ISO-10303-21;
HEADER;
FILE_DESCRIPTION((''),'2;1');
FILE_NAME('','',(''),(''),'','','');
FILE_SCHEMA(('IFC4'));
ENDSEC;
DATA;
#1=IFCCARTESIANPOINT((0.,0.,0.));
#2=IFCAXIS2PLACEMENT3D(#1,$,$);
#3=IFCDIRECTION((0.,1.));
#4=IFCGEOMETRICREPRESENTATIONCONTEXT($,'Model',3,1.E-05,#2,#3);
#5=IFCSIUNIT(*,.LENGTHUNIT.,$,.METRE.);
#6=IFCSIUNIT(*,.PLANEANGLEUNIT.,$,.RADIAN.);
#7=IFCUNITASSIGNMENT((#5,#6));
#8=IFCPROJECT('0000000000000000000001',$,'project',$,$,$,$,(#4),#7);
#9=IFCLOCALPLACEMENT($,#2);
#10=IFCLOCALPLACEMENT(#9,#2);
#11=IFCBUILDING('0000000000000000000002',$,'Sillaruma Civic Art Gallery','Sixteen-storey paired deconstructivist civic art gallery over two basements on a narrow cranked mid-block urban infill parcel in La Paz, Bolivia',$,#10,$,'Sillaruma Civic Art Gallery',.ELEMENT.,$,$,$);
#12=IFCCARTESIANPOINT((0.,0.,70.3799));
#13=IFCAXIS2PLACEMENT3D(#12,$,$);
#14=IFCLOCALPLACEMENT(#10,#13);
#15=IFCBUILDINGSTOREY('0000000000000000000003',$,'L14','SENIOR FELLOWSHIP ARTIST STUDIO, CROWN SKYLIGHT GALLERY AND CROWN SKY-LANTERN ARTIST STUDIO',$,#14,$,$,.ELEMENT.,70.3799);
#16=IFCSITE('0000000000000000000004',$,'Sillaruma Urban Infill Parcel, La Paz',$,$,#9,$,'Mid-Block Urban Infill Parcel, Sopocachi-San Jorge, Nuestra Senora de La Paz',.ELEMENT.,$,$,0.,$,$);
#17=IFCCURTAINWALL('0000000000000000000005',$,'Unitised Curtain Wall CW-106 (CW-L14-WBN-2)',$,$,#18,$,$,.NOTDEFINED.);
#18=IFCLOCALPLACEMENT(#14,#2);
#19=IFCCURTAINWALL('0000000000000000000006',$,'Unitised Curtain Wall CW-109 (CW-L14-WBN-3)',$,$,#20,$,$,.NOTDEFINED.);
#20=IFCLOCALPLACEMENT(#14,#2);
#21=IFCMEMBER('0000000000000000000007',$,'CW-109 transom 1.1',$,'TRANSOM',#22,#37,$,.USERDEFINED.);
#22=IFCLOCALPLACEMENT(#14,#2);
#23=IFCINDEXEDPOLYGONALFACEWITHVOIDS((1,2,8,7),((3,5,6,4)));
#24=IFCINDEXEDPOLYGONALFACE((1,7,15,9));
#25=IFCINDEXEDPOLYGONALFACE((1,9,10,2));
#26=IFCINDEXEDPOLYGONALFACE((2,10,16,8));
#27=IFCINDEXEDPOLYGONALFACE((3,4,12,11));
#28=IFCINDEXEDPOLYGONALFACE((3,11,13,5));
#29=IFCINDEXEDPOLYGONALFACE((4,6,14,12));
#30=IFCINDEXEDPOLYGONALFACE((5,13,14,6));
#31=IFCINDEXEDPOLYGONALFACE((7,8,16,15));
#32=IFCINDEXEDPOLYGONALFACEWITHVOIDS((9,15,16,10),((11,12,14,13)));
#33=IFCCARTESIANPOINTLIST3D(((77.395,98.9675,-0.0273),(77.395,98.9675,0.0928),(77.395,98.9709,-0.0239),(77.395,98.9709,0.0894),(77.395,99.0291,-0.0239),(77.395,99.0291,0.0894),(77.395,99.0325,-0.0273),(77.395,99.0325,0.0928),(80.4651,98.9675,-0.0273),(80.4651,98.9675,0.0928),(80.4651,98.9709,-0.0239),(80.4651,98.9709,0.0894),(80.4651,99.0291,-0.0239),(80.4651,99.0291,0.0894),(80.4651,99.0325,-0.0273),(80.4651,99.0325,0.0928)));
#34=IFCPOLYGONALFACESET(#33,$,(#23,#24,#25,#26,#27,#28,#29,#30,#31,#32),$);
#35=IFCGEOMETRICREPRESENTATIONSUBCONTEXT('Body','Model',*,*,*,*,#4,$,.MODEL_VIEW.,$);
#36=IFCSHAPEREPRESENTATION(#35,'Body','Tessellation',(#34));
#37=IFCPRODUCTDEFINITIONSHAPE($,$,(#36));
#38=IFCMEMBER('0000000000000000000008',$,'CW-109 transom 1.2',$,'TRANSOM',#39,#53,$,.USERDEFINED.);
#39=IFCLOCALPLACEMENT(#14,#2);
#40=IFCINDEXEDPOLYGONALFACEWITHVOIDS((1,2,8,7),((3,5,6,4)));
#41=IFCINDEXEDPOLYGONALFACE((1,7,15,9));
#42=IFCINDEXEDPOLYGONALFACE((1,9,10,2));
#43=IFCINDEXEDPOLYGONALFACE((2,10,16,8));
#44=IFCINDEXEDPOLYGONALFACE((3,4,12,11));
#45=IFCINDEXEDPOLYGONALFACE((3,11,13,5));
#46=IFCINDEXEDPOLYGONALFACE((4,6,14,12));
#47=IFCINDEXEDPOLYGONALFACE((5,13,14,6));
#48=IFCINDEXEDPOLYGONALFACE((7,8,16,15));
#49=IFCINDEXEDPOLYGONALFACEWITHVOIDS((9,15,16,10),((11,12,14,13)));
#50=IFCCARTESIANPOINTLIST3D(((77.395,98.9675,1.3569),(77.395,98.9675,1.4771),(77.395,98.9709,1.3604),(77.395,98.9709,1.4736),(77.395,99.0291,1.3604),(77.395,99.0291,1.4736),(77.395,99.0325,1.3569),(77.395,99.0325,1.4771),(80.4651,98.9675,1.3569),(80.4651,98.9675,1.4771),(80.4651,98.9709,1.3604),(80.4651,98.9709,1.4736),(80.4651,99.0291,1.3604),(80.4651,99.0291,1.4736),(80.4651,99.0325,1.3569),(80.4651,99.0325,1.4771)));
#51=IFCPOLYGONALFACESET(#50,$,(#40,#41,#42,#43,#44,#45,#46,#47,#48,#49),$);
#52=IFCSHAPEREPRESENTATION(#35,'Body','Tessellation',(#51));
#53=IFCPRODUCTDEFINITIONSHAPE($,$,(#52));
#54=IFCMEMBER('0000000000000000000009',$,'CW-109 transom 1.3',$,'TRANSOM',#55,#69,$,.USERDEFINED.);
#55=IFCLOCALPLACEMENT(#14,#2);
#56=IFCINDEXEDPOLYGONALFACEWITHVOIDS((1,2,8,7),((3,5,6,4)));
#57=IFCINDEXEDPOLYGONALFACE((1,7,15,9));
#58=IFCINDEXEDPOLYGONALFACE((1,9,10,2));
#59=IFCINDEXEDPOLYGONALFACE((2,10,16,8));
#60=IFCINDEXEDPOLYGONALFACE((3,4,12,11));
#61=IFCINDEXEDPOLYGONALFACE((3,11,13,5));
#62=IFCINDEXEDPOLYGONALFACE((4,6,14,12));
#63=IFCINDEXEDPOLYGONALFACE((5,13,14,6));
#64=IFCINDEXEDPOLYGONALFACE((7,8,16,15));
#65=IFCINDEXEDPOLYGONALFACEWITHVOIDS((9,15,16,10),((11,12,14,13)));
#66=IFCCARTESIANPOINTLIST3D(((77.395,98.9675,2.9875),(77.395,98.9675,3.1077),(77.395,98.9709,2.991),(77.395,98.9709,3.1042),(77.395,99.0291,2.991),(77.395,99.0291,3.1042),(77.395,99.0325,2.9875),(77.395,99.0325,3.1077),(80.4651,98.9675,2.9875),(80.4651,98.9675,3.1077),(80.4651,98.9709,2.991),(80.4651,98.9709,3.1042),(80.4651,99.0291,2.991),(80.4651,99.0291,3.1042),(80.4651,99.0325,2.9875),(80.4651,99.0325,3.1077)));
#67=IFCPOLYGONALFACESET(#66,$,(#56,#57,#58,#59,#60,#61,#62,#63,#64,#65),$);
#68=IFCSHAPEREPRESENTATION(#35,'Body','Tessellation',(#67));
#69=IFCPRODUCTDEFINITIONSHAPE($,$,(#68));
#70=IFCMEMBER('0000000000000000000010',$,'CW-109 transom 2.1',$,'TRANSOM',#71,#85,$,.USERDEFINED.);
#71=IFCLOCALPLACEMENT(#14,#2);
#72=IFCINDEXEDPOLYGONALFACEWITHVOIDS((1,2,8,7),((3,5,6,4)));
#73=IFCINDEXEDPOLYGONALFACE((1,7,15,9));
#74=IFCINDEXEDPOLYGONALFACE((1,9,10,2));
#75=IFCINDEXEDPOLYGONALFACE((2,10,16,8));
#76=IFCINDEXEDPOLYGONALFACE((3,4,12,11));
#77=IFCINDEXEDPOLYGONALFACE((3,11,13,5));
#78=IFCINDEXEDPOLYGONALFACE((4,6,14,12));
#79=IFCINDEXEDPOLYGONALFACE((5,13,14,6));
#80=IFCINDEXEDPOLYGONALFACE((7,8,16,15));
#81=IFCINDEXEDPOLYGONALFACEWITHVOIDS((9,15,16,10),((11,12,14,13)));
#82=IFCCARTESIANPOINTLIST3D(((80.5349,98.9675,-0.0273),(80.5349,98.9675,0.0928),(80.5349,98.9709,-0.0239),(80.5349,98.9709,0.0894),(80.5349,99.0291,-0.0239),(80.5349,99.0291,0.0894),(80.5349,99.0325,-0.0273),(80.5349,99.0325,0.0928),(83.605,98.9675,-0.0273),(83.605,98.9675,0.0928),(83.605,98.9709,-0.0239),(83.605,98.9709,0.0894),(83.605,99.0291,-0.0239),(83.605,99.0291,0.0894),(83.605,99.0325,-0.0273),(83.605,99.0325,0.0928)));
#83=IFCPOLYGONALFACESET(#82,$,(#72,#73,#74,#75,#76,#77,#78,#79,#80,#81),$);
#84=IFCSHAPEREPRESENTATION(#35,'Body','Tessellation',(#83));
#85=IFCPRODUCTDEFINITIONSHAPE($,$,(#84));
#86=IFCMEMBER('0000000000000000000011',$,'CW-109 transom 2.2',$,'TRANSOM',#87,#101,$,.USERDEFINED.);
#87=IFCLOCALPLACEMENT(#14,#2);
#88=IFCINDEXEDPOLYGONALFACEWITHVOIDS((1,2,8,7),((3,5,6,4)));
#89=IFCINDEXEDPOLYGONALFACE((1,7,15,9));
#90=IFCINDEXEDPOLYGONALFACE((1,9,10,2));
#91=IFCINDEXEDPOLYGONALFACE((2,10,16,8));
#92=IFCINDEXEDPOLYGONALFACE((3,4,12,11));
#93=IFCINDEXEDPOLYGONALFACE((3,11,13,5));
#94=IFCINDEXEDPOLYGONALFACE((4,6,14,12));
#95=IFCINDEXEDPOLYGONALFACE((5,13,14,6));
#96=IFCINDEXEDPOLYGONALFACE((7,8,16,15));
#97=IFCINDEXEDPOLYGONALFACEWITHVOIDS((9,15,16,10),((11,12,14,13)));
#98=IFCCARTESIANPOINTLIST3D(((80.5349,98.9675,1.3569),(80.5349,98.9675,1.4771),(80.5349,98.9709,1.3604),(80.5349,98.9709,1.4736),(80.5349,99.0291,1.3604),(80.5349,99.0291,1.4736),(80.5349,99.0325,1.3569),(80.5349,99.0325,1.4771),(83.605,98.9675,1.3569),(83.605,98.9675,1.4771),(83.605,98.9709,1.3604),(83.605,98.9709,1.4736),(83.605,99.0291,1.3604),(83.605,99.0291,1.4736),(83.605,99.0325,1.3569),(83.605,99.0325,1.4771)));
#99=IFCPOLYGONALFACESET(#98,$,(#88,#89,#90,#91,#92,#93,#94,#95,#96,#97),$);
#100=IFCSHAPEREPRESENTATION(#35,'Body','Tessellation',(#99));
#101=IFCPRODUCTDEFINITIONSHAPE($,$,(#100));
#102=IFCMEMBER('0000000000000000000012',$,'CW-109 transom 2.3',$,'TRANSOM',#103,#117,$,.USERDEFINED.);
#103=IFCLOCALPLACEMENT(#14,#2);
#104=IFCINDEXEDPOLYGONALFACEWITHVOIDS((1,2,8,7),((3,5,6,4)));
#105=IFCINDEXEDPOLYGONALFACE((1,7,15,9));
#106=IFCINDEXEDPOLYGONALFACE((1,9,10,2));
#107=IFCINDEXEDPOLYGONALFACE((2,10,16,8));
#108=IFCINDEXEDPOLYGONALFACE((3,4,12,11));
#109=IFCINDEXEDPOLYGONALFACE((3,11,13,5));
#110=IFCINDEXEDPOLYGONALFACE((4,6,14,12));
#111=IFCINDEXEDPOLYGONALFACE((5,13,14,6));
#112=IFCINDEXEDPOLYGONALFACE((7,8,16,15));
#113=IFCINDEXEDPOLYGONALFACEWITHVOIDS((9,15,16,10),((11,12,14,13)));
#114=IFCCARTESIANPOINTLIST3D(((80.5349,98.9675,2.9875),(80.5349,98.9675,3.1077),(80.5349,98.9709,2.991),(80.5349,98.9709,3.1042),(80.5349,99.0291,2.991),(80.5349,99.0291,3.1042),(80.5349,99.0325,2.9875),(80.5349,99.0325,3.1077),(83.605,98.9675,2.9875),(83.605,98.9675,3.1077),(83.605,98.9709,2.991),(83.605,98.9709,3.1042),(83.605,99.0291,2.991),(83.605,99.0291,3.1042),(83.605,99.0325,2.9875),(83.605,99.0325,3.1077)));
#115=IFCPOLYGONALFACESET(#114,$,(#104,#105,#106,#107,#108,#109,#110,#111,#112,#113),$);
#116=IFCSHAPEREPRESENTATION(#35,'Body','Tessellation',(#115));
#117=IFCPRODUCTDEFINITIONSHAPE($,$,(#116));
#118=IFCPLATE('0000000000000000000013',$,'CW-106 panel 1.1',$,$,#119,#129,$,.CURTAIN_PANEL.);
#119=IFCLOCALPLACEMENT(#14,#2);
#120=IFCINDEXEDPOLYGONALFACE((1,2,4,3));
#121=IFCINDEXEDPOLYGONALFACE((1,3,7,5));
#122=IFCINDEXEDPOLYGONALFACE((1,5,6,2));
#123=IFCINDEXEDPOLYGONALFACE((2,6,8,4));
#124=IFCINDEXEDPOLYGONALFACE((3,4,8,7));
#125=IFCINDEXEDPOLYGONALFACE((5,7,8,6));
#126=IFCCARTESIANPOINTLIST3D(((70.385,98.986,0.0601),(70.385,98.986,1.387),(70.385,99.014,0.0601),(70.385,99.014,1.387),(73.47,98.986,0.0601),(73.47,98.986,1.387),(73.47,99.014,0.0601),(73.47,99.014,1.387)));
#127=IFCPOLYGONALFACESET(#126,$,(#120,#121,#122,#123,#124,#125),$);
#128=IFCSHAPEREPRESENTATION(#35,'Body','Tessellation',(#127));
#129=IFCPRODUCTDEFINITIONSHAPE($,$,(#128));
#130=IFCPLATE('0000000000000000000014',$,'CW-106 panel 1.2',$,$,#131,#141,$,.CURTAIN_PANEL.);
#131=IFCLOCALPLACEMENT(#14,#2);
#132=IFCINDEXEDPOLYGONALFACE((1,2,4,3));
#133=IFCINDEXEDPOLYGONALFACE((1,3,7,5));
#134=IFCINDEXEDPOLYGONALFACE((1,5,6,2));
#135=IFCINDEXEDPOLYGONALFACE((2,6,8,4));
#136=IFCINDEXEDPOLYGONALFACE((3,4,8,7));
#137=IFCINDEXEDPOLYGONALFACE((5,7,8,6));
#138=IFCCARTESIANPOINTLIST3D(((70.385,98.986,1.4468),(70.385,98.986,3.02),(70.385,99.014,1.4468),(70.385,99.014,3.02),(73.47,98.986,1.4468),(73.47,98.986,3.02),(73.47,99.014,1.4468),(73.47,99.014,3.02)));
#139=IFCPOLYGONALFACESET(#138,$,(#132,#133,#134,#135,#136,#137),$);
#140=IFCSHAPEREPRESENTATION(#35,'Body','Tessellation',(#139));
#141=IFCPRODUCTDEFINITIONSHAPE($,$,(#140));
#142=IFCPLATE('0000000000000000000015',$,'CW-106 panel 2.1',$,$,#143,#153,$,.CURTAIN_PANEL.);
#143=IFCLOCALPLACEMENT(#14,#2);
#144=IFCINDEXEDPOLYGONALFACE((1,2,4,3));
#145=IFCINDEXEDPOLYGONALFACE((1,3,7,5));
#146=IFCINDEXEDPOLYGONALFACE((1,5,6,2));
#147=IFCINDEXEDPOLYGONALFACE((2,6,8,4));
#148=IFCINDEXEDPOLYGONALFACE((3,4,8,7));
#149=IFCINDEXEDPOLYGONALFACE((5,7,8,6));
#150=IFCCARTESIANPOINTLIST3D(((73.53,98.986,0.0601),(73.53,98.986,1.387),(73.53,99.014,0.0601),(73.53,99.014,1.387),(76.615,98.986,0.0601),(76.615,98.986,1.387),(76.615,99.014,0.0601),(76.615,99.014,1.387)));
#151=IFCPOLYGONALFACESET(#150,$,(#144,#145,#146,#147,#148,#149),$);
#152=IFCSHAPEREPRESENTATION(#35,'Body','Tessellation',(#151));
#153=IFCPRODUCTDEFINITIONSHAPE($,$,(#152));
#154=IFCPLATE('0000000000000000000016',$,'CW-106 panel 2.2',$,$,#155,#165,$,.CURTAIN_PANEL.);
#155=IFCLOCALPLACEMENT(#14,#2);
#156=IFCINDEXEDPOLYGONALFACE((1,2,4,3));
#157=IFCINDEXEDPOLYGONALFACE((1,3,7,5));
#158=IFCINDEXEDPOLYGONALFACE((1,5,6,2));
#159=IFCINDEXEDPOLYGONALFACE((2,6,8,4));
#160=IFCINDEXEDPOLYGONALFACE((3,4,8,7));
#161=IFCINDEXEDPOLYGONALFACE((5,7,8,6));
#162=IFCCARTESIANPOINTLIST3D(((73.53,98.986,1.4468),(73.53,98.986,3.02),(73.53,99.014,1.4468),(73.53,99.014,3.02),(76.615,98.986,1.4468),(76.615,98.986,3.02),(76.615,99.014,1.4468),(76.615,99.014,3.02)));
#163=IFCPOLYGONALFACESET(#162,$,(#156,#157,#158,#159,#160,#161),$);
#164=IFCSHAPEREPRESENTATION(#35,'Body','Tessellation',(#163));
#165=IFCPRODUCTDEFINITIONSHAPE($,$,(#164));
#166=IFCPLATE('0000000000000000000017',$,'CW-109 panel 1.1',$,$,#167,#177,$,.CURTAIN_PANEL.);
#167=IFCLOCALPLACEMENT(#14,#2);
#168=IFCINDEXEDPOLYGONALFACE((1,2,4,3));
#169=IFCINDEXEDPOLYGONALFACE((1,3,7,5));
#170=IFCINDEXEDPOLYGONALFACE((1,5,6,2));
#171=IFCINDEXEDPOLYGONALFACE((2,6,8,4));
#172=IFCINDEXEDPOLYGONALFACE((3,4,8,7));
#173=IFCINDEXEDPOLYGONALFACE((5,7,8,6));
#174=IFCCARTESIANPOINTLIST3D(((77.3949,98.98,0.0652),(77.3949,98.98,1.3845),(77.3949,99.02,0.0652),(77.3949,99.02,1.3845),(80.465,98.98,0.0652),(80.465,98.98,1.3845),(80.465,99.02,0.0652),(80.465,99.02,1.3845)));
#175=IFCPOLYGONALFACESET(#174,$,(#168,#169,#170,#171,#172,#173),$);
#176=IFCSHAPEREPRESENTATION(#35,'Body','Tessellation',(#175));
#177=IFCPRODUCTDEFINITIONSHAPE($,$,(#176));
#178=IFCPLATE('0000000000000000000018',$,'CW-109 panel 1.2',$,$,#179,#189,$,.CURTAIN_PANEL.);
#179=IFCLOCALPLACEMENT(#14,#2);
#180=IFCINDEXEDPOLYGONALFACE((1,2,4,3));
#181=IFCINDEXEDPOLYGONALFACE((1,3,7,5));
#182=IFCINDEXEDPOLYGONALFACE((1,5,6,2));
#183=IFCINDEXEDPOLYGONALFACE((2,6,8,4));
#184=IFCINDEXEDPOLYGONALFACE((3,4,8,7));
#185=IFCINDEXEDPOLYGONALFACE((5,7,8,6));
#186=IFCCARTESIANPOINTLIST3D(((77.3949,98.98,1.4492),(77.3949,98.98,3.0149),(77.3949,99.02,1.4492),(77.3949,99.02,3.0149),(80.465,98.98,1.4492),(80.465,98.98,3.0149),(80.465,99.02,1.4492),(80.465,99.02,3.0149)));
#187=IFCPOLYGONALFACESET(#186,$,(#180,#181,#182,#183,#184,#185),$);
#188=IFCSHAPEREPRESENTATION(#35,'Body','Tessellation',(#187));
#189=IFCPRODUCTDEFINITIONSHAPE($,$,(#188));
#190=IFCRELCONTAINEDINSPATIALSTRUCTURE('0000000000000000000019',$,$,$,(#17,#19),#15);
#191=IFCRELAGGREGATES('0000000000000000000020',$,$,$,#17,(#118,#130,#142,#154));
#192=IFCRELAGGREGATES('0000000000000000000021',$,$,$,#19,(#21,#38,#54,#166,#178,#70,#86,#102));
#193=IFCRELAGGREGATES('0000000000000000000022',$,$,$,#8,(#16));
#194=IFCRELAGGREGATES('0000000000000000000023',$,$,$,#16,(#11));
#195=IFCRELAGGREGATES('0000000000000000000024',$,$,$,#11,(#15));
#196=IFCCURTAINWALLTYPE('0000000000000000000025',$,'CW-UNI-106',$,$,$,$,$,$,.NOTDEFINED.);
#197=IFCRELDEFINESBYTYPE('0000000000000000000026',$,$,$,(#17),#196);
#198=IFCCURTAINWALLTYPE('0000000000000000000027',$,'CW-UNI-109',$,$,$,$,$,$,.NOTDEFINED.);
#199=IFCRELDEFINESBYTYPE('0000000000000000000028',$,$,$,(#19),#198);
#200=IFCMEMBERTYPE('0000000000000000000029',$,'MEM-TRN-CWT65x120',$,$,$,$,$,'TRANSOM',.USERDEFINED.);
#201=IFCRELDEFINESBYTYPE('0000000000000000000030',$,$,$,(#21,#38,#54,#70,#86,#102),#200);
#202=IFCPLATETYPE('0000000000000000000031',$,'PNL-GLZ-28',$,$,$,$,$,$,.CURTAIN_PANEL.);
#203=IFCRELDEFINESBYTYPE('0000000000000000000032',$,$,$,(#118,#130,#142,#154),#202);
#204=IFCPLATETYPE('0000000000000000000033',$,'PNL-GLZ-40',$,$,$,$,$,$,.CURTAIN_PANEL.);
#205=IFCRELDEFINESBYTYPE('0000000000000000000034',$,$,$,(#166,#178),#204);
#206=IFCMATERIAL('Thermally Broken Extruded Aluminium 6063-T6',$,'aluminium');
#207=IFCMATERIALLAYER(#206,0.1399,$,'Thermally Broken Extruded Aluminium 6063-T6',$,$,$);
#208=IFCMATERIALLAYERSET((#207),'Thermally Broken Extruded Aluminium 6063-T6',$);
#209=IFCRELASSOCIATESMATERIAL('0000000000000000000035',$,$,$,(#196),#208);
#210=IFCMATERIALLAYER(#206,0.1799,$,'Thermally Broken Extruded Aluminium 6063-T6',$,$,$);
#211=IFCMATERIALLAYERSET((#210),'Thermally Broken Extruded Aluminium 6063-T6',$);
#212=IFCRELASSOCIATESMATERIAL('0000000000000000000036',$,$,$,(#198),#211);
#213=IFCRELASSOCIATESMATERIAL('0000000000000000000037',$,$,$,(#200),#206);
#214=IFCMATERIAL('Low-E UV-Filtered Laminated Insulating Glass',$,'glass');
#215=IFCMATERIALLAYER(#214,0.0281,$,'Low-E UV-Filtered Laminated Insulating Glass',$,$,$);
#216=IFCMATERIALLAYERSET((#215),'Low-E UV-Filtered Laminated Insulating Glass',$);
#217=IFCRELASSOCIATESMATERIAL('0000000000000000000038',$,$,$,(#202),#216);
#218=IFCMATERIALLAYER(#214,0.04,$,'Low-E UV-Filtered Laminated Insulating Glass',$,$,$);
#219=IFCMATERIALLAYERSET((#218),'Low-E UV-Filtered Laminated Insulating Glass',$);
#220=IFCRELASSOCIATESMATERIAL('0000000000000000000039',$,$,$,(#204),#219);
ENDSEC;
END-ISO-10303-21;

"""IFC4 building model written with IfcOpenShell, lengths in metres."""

from ifc_helpers import new_model, si_unit, direction, frame, origin, origin_2d, place, context, subcontext, project, spatial, rectangle, hollow_rectangle, extrude, material, layer, layer_set, material_profile, profile_set, type_object, element, aggregate, save


model = new_model("IFC4")

# Units and contexts
model_context = context("Model", 3, precision=1e-05, world=origin(), true_north=direction((0.0, 1.0)))
body_context = subcontext(model_context, "Body", "Model", "MODEL_VIEW")
ifc_project = project(units=[si_unit("LENGTHUNIT", "METRE"), si_unit("PLANEANGLEUNIT", "RADIAN")], contexts=[model_context])

# Site, building, storey
site_placement = place(None, origin())
site = spatial("IfcSite", under=ifc_project, at=site_placement, Name="Sillaruma Urban Infill Parcel, La Paz", LongName="Mid-Block Urban Infill Parcel, Sopocachi-San Jorge, Nuestra Senora de La Paz", CompositionType="ELEMENT", RefElevation=0.0)
building_placement = place(site_placement, origin())
building = spatial("IfcBuilding", under=site, at=building_placement, Name="Sillaruma Civic Art Gallery", Description="Sixteen-storey paired deconstructivist civic art gallery over two basements on a narrow cranked mid-block urban infill parcel in La Paz, Bolivia", LongName="Sillaruma Civic Art Gallery", CompositionType="ELEMENT")
storey_placement = place(building_placement, frame((0.0, 0.0, 70.3799)))
storey = spatial("IfcBuildingStorey", under=building, at=storey_placement, Name="L14", Description="SENIOR FELLOWSHIP ARTIST STUDIO, CROWN SKYLIGHT GALLERY AND CROWN SKY-LANTERN ARTIST STUDIO", CompositionType="ELEMENT", Elevation=70.3799)

# Curtain walls
ifc_material_1 = material(Name="Thermally Broken Extruded Aluminium 6063-T6", Category="aluminium")
ifc_layer_1 = layer(ifc_material_1, 0.1399, Name="Thermally Broken Extruded Aluminium 6063-T6")
ifc_layer_set_1 = layer_set([ifc_layer_1], Name="Thermally Broken Extruded Aluminium 6063-T6")
curtain_wall_type_1 = type_object("IfcCurtainWallType", Name="CW-UNI-106", PredefinedType="NOTDEFINED", material=ifc_layer_set_1)
curtain_wall_1_placement = place(storey_placement, origin())
curtain_wall_1 = element("IfcCurtainWall", 1, at=curtain_wall_1_placement, inside=storey, type_object=curtain_wall_type_1, Name="Unitised Curtain Wall CW-106 (CW-L14-WBN-2)", PredefinedType="NOTDEFINED")
ifc_layer_2 = layer(ifc_material_1, 0.1799, Name="Thermally Broken Extruded Aluminium 6063-T6")
ifc_layer_set_2 = layer_set([ifc_layer_2], Name="Thermally Broken Extruded Aluminium 6063-T6")
curtain_wall_type_2 = type_object("IfcCurtainWallType", Name="CW-UNI-109", PredefinedType="NOTDEFINED", material=ifc_layer_set_2)
curtain_wall_2_placement = place(storey_placement, origin())
curtain_wall_2 = element("IfcCurtainWall", 2, at=curtain_wall_2_placement, inside=storey, type_object=curtain_wall_type_2, Name="Unitised Curtain Wall CW-109 (CW-L14-WBN-3)", PredefinedType="NOTDEFINED")

# Members
ifc_material_profile_1 = material_profile(ifc_material_1, hollow_rectangle(XDim=0.0649, YDim=0.1201, WallThickness=0.0034, at=origin_2d()), Name="CWT65x120")
ifc_profile_set_1 = profile_set([ifc_material_profile_1], Name="Thermally Broken Extruded Aluminium 6063-T6")
member_type_1 = type_object("IfcMemberType", Name="MEM-TRN-CWT65x120", ElementType="TRANSOM", PredefinedType="USERDEFINED", material=ifc_profile_set_1)
member_1_placement = place(storey_placement, frame((77.395, 99.0, 0.0327), z_axis=(1.0, 0.0, 0.0), x_axis=(0.0, 1.0, 0.0)))
member_1 = element("IfcMember", 3, at=member_1_placement, type_object=member_type_1, Name="CW-109 transom 1.1", ObjectType="TRANSOM", PredefinedType="USERDEFINED", context=body_context, shape_type="SweptSolid", body=[
    extrude(hollow_rectangle(XDim=0.0649, YDim=0.1201, WallThickness=0.0034, at=origin_2d()), origin(), (0.0, 0.0, 1.0), 3.0701),
])
member_2_placement = place(storey_placement, frame((77.395, 99.0, 1.417), z_axis=(1.0, 0.0, 0.0), x_axis=(0.0, 1.0, 0.0)))
member_2 = element("IfcMember", 4, at=member_2_placement, type_object=member_type_1, Name="CW-109 transom 1.2", ObjectType="TRANSOM", PredefinedType="USERDEFINED", context=body_context, shape_type="SweptSolid", body=[
    extrude(hollow_rectangle(XDim=0.0649, YDim=0.1201, WallThickness=0.0034, at=origin_2d()), origin(), (0.0, 0.0, 1.0), 3.0701),
])
member_3_placement = place(storey_placement, frame((77.395, 99.0, 3.0476), z_axis=(1.0, 0.0, 0.0), x_axis=(0.0, 1.0, 0.0)))
member_3 = element("IfcMember", 5, at=member_3_placement, type_object=member_type_1, Name="CW-109 transom 1.3", ObjectType="TRANSOM", PredefinedType="USERDEFINED", context=body_context, shape_type="SweptSolid", body=[
    extrude(hollow_rectangle(XDim=0.0649, YDim=0.1201, WallThickness=0.0034, at=origin_2d()), origin(), (0.0, 0.0, 1.0), 3.0701),
])
member_4_placement = place(storey_placement, frame((80.5349, 99.0, 0.0327), z_axis=(1.0, 0.0, 0.0), x_axis=(0.0, 1.0, 0.0)))
member_4 = element("IfcMember", 6, at=member_4_placement, type_object=member_type_1, Name="CW-109 transom 2.1", ObjectType="TRANSOM", PredefinedType="USERDEFINED", context=body_context, shape_type="SweptSolid", body=[
    extrude(hollow_rectangle(XDim=0.0649, YDim=0.1201, WallThickness=0.0034, at=origin_2d()), origin(), (0.0, 0.0, 1.0), 3.0701),
])
member_5_placement = place(storey_placement, frame((80.5349, 99.0, 1.417), z_axis=(1.0, 0.0, 0.0), x_axis=(0.0, 1.0, 0.0)))
member_5 = element("IfcMember", 7, at=member_5_placement, type_object=member_type_1, Name="CW-109 transom 2.2", ObjectType="TRANSOM", PredefinedType="USERDEFINED", context=body_context, shape_type="SweptSolid", body=[
    extrude(hollow_rectangle(XDim=0.0649, YDim=0.1201, WallThickness=0.0034, at=origin_2d()), origin(), (0.0, 0.0, 1.0), 3.0701),
])
member_6_placement = place(storey_placement, frame((80.5349, 99.0, 3.0476), z_axis=(1.0, 0.0, 0.0), x_axis=(0.0, 1.0, 0.0)))
member_6 = element("IfcMember", 8, at=member_6_placement, type_object=member_type_1, Name="CW-109 transom 2.3", ObjectType="TRANSOM", PredefinedType="USERDEFINED", context=body_context, shape_type="SweptSolid", body=[
    extrude(hollow_rectangle(XDim=0.0649, YDim=0.1201, WallThickness=0.0034, at=origin_2d()), origin(), (0.0, 0.0, 1.0), 3.0701),
])

# Plates
ifc_material_2 = material(Name="Low-E UV-Filtered Laminated Insulating Glass", Category="glass")
ifc_layer_3 = layer(ifc_material_2, 0.0281, Name="Low-E UV-Filtered Laminated Insulating Glass")
ifc_layer_set_3 = layer_set([ifc_layer_3], Name="Low-E UV-Filtered Laminated Insulating Glass")
plate_type_1 = type_object("IfcPlateType", Name="PNL-GLZ-28", PredefinedType="CURTAIN_PANEL", material=ifc_layer_set_3)
plate_1_placement = place(storey_placement, frame((71.9275, 99.0, 0.0601), z_axis=(0.0, 0.0, 1.0), x_axis=(1.0, 0.0, 0.0)))
plate_1 = element("IfcPlate", 9, at=plate_1_placement, type_object=plate_type_1, Name="CW-106 panel 1.1", PredefinedType="CURTAIN_PANEL", context=body_context, shape_type="SweptSolid", body=[
    extrude(rectangle(XDim=3.085, YDim=0.0281, at=origin_2d()), origin(), (0.0, 0.0, 1.0), 1.3269),
])
plate_2_placement = place(storey_placement, frame((71.9275, 99.0, 1.4468), z_axis=(0.0, 0.0, 1.0), x_axis=(1.0, 0.0, 0.0)))
plate_2 = element("IfcPlate", 10, at=plate_2_placement, type_object=plate_type_1, Name="CW-106 panel 1.2", PredefinedType="CURTAIN_PANEL", context=body_context, shape_type="SweptSolid", body=[
    extrude(rectangle(XDim=3.085, YDim=0.0281, at=origin_2d()), origin(), (0.0, 0.0, 1.0), 1.5732),
])
plate_3_placement = place(storey_placement, frame((75.0725, 99.0, 0.0601), z_axis=(0.0, 0.0, 1.0), x_axis=(1.0, 0.0, 0.0)))
plate_3 = element("IfcPlate", 11, at=plate_3_placement, type_object=plate_type_1, Name="CW-106 panel 2.1", PredefinedType="CURTAIN_PANEL", context=body_context, shape_type="SweptSolid", body=[
    extrude(rectangle(XDim=3.085, YDim=0.0281, at=origin_2d()), origin(), (0.0, 0.0, 1.0), 1.3269),
])
plate_4_placement = place(storey_placement, frame((75.0725, 99.0, 1.4468), z_axis=(0.0, 0.0, 1.0), x_axis=(1.0, 0.0, 0.0)))
plate_4 = element("IfcPlate", 12, at=plate_4_placement, type_object=plate_type_1, Name="CW-106 panel 2.2", PredefinedType="CURTAIN_PANEL", context=body_context, shape_type="SweptSolid", body=[
    extrude(rectangle(XDim=3.085, YDim=0.0281, at=origin_2d()), origin(), (0.0, 0.0, 1.0), 1.5732),
])
aggregate(curtain_wall_1, [plate_1, plate_2, plate_3, plate_4])
ifc_layer_4 = layer(ifc_material_2, 0.04, Name="Low-E UV-Filtered Laminated Insulating Glass")
ifc_layer_set_4 = layer_set([ifc_layer_4], Name="Low-E UV-Filtered Laminated Insulating Glass")
plate_type_2 = type_object("IfcPlateType", Name="PNL-GLZ-40", PredefinedType="CURTAIN_PANEL", material=ifc_layer_set_4)
plate_5_placement = place(storey_placement, frame((78.9299, 99.0, 0.0652), z_axis=(0.0, 0.0, 1.0), x_axis=(1.0, 0.0, 0.0)))
plate_5 = element("IfcPlate", 13, at=plate_5_placement, type_object=plate_type_2, Name="CW-109 panel 1.1", PredefinedType="CURTAIN_PANEL", context=body_context, shape_type="SweptSolid", body=[
    extrude(rectangle(XDim=3.0701, YDim=0.04, at=origin_2d()), origin(), (0.0, 0.0, 1.0), 1.3193),
])
plate_6_placement = place(storey_placement, frame((78.9299, 99.0, 1.4492), z_axis=(0.0, 0.0, 1.0), x_axis=(1.0, 0.0, 0.0)))
plate_6 = element("IfcPlate", 14, at=plate_6_placement, type_object=plate_type_2, Name="CW-109 panel 1.2", PredefinedType="CURTAIN_PANEL", context=body_context, shape_type="SweptSolid", body=[
    extrude(rectangle(XDim=3.0701, YDim=0.04, at=origin_2d()), origin(), (0.0, 0.0, 1.0), 1.5657),
])
aggregate(curtain_wall_2, [member_1, member_2, member_3, plate_5, plate_6, member_4, member_5, member_6])

save(model, "model.ifc")
